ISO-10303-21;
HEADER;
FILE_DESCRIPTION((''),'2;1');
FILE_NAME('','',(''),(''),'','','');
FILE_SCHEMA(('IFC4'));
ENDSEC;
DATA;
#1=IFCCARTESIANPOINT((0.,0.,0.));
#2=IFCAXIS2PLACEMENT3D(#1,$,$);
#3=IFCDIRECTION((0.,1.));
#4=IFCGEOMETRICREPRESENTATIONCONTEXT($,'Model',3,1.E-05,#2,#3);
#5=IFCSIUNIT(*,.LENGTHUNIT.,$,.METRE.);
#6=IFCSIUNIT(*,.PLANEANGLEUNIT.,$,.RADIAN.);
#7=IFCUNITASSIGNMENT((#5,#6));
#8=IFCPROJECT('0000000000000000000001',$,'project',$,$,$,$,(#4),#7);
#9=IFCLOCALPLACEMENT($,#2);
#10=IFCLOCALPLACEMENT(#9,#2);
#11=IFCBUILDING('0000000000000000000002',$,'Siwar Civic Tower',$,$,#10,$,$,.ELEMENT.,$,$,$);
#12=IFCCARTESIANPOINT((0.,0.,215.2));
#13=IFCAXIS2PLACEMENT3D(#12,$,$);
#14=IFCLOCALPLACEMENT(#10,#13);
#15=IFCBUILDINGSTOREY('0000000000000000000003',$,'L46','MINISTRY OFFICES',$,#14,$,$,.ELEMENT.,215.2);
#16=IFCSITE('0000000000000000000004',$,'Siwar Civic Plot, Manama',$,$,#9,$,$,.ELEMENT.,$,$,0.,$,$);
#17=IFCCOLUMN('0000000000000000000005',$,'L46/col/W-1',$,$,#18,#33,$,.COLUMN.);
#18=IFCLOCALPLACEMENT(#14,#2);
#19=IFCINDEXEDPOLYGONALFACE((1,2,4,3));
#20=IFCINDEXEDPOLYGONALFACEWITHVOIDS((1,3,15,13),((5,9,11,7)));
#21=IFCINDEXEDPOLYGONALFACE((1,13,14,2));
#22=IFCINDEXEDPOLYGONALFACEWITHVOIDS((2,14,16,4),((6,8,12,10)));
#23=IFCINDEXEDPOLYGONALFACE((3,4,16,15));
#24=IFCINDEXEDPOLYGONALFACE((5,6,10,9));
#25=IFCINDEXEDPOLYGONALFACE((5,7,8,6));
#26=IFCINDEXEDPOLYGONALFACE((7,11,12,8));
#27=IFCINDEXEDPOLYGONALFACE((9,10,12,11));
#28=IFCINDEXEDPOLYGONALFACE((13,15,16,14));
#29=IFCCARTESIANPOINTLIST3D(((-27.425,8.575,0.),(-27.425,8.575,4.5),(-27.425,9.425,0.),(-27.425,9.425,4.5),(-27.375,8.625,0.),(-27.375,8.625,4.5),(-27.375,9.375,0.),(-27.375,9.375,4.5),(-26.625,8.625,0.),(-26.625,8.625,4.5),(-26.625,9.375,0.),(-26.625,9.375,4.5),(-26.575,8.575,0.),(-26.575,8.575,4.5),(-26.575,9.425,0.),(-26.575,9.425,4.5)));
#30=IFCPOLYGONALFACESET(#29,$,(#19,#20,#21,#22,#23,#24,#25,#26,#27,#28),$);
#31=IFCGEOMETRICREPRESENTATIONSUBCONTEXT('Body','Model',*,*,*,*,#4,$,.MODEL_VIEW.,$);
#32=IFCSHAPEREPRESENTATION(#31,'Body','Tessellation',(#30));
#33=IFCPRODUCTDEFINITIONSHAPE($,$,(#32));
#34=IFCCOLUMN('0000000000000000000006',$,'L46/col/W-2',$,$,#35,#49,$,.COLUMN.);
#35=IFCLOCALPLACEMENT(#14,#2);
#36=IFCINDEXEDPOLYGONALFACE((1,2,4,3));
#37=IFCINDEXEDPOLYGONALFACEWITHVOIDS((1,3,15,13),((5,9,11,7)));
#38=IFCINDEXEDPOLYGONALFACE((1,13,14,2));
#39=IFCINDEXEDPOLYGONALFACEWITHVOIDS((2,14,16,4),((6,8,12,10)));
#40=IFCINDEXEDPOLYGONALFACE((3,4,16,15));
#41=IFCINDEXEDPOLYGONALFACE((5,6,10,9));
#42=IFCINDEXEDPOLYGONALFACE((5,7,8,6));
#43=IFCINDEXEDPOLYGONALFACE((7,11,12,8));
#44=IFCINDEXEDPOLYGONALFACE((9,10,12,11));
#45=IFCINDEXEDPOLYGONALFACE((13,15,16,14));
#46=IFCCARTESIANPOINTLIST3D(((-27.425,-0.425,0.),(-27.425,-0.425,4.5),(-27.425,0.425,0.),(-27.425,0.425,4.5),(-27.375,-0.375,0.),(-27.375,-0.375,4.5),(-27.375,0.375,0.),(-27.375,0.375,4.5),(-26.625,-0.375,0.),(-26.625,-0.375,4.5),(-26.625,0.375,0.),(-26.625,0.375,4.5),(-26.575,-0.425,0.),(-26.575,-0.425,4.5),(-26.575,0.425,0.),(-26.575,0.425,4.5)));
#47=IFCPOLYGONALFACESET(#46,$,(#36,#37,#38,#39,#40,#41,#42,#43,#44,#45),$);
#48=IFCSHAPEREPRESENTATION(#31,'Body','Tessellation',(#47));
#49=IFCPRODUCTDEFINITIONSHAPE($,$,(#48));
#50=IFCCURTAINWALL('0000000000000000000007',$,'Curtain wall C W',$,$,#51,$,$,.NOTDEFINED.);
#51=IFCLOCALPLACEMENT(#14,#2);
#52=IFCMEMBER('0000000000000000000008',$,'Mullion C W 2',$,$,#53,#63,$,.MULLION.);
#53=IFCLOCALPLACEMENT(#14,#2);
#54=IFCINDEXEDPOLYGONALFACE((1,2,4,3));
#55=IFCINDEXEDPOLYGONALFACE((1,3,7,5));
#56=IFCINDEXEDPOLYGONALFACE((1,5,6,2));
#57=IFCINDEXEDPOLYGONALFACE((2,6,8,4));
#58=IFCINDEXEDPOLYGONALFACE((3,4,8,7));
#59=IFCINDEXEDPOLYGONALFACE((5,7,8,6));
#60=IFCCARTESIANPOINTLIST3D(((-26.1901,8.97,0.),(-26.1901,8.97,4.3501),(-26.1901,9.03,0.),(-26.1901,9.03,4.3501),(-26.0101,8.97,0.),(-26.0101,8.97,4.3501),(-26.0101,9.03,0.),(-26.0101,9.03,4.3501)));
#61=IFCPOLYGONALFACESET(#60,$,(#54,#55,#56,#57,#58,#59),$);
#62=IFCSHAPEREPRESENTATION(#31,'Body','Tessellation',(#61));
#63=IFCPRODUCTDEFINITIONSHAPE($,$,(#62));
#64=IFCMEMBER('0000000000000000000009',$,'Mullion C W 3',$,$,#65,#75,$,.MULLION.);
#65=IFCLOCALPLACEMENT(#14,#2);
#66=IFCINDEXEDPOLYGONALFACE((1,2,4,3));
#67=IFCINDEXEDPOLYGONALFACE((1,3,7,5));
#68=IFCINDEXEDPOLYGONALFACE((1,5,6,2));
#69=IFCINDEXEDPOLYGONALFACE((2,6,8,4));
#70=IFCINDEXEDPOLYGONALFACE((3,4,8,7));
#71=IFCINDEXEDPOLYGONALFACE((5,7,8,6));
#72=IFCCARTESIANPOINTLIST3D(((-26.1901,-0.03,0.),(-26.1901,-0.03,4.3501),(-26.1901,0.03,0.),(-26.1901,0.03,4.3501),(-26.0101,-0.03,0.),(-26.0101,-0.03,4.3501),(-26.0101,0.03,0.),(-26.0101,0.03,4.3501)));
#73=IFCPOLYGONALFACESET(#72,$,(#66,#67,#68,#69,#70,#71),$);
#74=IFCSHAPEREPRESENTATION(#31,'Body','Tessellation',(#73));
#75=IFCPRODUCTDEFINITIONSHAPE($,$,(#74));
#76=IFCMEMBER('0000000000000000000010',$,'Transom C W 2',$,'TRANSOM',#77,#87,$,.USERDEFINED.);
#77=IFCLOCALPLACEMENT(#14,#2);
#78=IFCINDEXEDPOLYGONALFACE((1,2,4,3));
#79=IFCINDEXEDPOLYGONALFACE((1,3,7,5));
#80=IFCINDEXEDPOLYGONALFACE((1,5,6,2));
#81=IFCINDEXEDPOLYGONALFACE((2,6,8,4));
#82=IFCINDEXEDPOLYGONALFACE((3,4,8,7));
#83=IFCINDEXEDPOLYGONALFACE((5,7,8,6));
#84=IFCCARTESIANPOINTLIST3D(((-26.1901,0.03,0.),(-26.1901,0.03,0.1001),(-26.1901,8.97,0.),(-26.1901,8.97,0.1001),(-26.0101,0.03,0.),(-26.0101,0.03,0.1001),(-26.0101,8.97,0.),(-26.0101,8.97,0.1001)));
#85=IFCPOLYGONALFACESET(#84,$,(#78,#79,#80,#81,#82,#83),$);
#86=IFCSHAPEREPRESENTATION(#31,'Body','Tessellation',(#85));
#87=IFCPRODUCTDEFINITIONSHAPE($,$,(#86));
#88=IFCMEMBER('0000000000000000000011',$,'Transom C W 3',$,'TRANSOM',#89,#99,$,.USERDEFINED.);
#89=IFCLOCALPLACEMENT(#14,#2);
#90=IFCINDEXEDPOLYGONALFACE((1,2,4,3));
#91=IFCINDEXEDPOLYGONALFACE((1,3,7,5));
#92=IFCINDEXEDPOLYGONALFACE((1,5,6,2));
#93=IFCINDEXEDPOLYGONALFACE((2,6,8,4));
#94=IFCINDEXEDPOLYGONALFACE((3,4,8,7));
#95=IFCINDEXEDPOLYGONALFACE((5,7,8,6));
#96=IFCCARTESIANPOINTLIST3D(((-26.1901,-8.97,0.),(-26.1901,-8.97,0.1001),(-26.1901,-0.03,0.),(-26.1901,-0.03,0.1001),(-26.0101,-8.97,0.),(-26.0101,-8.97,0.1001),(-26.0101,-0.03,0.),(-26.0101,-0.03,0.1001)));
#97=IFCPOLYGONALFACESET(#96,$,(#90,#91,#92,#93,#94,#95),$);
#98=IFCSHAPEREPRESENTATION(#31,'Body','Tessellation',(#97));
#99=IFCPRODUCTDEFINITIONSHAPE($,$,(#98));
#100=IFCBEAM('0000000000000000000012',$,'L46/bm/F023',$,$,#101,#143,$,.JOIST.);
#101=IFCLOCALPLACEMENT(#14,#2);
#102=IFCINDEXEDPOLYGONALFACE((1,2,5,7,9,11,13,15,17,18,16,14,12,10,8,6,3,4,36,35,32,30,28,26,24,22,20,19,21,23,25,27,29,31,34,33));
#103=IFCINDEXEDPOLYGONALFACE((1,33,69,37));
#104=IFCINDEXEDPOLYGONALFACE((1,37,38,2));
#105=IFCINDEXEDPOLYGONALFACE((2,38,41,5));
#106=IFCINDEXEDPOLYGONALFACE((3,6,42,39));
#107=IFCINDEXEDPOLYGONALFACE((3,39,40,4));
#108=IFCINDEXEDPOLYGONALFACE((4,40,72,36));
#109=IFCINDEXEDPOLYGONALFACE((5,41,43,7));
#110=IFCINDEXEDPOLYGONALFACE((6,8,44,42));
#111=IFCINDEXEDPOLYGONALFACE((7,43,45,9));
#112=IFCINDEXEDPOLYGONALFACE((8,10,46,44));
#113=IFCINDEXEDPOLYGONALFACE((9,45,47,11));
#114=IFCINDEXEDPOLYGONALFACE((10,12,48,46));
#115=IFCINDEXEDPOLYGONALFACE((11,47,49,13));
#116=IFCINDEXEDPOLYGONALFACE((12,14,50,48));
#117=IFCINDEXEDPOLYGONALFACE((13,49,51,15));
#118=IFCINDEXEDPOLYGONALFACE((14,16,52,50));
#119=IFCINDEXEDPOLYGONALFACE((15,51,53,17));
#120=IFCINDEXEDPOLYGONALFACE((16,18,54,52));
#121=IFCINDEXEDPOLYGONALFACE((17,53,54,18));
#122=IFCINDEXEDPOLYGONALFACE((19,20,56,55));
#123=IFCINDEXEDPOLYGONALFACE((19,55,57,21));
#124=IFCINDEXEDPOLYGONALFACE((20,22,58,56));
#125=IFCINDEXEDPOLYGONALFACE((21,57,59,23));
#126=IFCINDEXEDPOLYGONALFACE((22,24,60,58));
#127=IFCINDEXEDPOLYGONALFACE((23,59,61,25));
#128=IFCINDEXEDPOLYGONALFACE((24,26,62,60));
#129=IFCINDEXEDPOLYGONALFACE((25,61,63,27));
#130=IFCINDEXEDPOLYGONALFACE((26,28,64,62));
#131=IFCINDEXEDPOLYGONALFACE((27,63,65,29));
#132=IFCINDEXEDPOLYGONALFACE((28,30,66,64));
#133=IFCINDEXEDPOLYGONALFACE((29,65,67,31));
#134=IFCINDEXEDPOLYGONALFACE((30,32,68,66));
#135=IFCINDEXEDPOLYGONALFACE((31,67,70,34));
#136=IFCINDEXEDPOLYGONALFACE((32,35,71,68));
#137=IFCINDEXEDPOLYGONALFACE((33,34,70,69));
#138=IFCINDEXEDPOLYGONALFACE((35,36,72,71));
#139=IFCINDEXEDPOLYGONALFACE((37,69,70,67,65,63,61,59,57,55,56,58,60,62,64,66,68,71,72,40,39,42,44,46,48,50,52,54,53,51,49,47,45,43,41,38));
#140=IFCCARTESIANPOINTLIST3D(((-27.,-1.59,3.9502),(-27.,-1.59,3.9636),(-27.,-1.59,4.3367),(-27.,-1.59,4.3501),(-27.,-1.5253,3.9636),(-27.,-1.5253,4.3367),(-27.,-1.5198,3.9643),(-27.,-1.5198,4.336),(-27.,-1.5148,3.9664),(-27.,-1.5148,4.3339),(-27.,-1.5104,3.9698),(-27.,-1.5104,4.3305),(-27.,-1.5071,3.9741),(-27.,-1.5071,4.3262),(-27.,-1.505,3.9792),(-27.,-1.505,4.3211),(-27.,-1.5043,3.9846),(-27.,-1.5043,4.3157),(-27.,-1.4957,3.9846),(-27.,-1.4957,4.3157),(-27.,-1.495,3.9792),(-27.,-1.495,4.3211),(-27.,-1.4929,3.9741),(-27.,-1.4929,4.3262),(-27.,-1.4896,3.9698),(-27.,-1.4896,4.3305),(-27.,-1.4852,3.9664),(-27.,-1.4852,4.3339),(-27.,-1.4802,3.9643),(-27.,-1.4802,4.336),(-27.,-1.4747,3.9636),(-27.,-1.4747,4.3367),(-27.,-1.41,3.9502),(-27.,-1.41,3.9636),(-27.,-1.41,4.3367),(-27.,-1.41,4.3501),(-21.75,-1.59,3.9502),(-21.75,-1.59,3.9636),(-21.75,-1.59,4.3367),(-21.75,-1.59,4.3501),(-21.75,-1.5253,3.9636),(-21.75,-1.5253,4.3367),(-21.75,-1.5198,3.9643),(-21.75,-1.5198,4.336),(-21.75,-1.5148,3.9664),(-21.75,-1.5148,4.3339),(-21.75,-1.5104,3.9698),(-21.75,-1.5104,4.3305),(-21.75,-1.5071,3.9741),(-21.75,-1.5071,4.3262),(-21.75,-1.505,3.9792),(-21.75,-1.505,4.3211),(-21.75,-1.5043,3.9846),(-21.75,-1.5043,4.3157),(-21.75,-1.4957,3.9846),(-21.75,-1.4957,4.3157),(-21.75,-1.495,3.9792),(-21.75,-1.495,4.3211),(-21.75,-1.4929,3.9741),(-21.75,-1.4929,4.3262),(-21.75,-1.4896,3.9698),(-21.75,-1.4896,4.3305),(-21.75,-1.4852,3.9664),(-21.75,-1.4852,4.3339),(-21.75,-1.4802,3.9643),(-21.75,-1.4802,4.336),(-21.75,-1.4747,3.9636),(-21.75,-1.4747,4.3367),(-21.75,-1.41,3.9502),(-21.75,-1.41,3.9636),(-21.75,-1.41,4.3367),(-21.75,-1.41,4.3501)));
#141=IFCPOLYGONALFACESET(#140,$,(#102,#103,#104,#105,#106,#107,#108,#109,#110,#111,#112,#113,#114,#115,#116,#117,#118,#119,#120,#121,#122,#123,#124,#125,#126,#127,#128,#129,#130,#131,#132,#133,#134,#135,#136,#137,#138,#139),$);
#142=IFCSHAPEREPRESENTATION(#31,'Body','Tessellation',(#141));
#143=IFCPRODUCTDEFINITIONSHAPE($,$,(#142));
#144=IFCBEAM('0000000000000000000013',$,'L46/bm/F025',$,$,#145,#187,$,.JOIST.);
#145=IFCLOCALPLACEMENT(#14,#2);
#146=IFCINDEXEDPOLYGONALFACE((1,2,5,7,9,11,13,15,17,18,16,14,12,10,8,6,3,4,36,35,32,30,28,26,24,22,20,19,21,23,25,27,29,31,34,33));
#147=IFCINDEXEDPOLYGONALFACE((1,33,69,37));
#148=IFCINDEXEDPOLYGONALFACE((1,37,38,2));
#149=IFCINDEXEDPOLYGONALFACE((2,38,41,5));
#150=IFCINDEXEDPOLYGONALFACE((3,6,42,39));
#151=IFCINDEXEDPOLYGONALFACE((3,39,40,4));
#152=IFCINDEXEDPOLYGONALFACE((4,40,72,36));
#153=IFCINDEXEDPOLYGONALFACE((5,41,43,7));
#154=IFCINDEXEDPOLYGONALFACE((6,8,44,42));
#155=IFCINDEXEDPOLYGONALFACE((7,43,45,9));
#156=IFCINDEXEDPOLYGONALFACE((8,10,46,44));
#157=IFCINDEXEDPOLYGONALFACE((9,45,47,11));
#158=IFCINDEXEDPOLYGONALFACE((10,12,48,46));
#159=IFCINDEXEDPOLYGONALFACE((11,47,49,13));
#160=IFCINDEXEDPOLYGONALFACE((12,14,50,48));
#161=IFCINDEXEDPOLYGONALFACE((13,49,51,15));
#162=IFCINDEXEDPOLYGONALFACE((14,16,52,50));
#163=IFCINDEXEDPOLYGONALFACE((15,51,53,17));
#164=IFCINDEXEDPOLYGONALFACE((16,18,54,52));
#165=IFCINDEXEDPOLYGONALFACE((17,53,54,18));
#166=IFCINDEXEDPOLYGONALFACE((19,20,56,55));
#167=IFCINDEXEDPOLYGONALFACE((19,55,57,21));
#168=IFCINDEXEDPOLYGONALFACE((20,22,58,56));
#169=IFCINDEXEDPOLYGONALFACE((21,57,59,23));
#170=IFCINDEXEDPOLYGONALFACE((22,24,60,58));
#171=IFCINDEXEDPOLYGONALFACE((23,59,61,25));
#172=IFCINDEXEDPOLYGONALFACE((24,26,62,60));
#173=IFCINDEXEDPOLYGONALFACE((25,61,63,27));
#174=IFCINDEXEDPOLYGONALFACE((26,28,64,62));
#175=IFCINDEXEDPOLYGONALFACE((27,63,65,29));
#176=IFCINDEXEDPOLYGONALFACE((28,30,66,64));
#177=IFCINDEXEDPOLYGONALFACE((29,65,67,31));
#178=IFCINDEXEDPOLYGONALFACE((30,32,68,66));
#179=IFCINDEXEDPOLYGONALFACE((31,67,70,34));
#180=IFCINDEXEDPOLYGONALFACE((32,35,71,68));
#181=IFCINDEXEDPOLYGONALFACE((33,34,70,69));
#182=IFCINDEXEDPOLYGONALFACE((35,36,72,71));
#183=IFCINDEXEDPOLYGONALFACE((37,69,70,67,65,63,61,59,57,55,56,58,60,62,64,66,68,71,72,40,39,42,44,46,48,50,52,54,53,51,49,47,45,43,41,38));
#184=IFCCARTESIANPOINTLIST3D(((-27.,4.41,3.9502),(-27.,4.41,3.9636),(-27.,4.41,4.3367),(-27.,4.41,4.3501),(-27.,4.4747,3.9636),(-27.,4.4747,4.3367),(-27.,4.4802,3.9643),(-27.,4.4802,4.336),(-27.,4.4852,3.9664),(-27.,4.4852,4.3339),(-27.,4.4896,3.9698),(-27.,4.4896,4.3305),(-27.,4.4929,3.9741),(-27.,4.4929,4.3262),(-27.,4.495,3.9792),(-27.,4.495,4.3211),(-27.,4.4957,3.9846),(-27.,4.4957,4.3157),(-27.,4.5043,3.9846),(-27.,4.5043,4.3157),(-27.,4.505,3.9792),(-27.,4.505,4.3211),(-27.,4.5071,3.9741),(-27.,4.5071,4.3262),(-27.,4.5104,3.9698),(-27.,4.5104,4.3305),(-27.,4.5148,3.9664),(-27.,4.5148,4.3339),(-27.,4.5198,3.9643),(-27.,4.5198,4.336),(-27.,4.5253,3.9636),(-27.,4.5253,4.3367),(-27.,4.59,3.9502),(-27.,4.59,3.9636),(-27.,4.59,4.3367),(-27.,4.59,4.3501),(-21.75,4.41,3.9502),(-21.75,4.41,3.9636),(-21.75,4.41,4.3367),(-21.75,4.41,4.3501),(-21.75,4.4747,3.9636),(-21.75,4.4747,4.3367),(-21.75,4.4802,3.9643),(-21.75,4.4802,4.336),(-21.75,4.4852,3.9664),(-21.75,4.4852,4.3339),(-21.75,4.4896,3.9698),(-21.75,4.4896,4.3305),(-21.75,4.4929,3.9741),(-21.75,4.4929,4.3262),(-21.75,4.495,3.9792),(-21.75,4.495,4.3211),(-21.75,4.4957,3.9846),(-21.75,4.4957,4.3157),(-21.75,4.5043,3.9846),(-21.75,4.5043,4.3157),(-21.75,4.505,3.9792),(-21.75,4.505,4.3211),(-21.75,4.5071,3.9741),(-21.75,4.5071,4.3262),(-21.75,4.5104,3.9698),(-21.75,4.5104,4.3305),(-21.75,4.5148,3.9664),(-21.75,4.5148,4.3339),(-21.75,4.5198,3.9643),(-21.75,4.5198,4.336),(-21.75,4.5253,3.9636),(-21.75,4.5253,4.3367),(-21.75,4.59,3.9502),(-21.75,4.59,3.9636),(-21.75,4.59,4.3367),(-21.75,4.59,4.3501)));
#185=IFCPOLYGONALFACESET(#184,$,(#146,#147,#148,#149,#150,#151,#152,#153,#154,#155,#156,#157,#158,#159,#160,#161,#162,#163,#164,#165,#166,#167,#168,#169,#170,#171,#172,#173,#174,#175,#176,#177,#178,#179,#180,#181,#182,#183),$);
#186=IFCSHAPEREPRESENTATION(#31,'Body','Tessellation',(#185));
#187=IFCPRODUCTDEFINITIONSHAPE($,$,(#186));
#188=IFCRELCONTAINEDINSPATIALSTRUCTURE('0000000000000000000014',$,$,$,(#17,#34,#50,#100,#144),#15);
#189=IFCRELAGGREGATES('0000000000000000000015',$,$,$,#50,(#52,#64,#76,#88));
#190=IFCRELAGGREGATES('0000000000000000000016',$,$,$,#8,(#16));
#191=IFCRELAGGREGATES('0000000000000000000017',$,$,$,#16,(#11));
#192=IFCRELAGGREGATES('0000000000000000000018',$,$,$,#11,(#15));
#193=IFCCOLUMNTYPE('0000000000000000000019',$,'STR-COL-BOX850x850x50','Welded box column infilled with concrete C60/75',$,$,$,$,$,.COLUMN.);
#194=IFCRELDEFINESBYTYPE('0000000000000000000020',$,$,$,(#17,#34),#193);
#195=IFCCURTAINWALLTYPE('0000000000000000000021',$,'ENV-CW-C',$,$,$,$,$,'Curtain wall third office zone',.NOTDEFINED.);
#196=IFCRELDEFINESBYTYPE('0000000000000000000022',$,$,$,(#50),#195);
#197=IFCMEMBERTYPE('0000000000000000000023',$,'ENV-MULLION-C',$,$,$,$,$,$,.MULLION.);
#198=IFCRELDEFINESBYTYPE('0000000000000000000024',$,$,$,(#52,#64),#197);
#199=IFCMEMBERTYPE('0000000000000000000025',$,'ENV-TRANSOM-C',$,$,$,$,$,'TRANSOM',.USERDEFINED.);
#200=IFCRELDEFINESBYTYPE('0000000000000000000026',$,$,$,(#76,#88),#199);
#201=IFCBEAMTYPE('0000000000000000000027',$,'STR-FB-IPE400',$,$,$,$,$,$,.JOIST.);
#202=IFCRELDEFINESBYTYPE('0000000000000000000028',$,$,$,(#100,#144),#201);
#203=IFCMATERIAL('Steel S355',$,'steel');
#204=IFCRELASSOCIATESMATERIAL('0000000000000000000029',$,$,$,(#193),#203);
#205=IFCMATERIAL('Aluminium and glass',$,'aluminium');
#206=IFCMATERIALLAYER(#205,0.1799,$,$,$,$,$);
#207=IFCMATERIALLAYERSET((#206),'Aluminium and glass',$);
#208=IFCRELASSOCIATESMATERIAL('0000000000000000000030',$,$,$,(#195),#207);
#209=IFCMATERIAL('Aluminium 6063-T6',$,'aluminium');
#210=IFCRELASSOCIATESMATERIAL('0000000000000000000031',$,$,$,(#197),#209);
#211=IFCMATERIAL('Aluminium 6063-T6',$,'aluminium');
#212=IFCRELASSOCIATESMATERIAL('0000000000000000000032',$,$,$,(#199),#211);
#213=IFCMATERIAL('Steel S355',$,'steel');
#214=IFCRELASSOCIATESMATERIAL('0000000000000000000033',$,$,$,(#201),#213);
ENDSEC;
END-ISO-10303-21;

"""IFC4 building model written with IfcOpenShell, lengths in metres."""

from ifc_helpers import new_model, si_unit, direction, frame, origin, origin_2d, place, context, subcontext, project, spatial, rectangle, hollow_rectangle, i_section, extrude, material, layer, layer_set, material_profile, profile_set, type_object, element, aggregate, save


model = new_model("IFC4")

# Units and contexts
model_context = context("Model", 3, precision=1e-05, world=origin(), true_north=direction((0.0, 1.0)))
body_context = subcontext(model_context, "Body", "Model", "MODEL_VIEW")
ifc_project = project(units=[si_unit("LENGTHUNIT", "METRE"), si_unit("PLANEANGLEUNIT", "RADIAN")], contexts=[model_context])

# Site, building, storey
site_placement = place(None, origin())
site = spatial("IfcSite", under=ifc_project, at=site_placement, Name="Siwar Civic Plot, Manama", CompositionType="ELEMENT", RefElevation=0.0)
building_placement = place(site_placement, origin())
building = spatial("IfcBuilding", under=site, at=building_placement, Name="Siwar Civic Tower", CompositionType="ELEMENT")
storey_placement = place(building_placement, frame((0.0, 0.0, 215.2)))
storey = spatial("IfcBuildingStorey", under=building, at=storey_placement, Name="L46", Description="MINISTRY OFFICES", CompositionType="ELEMENT", Elevation=215.2)

# Columns
ifc_material_1 = material(Name="Steel S355", Category="steel")
ifc_material_profile_1 = material_profile(ifc_material_1, hollow_rectangle(XDim=0.8501, YDim=0.8501, WallThickness=0.05, at=origin_2d()), Name="BOX850x850x50")
ifc_profile_set_1 = profile_set([ifc_material_profile_1], Name="Steel S355")
column_type = type_object("IfcColumnType", Name="STR-COL-BOX850x850x50", Description="Welded box column infilled with concrete C60/75", PredefinedType="COLUMN", material=ifc_profile_set_1)
for number, where, z_axis, x_axis, name in (
    (1, (-27.0, 9.0, 0.0), (0.0, 0.0, 1.0), (1.0, 0.0, 0.0), "L46/col/W-1"),
    (2, (-27.0, 0.0, 0.0), (0.0, 0.0, 1.0), (1.0, 0.0, 0.0), "L46/col/W-2"),
):
    element("IfcColumn", number, at=place(storey_placement, frame(where, z_axis=z_axis, x_axis=x_axis)), inside=storey, type_object=column_type, Name=name, PredefinedType="COLUMN", context=body_context, shape_type="SweptSolid", body=[
        extrude(hollow_rectangle(XDim=0.8501, YDim=0.8501, WallThickness=0.05, at=origin_2d()), origin(), (0.0, 0.0, 1.0), 4.5),
    ])

# Curtain wall, members
ifc_material_2 = material(Name="Aluminium and glass", Category="aluminium")
ifc_layer_1 = layer(ifc_material_2, 0.1799)
ifc_layer_set_1 = layer_set([ifc_layer_1], Name="Aluminium and glass")
curtain_wall_type = type_object("IfcCurtainWallType", Name="ENV-CW-C", ElementType="Curtain wall third office zone", PredefinedType="NOTDEFINED", material=ifc_layer_set_1)
curtain_wall_placement = place(storey_placement, origin())
curtain_wall = element("IfcCurtainWall", 3, at=curtain_wall_placement, inside=storey, type_object=curtain_wall_type, Name="Curtain wall C W", PredefinedType="NOTDEFINED")
ifc_material_3 = material(Name="Aluminium 6063-T6", Category="aluminium")
ifc_material_profile_2 = material_profile(ifc_material_3, rectangle(XDim=0.1799, YDim=0.0601, at=origin_2d()), Name="AL 180x60")
ifc_profile_set_2 = profile_set([ifc_material_profile_2], Name="Aluminium 6063-T6")
member_type_1 = type_object("IfcMemberType", Name="ENV-MULLION-C", PredefinedType="MULLION", material=ifc_profile_set_2)
member_1_placement = place(storey_placement, frame((-26.1001, 9.0, 0.0), z_axis=(0.0, 0.0, 1.0), x_axis=(1.0, 0.0, 0.0)))
member_1 = element("IfcMember", 4, at=member_1_placement, type_object=member_type_1, Name="Mullion C W 2", PredefinedType="MULLION", context=body_context, shape_type="SweptSolid", body=[
    extrude(rectangle(XDim=0.1799, YDim=0.0601, at=origin_2d()), origin(), (0.0, 0.0, 1.0), 4.3501),
])
member_2_placement = place(storey_placement, frame((-26.1001, 0.0, 0.0), z_axis=(0.0, 0.0, 1.0), x_axis=(1.0, 0.0, 0.0)))
member_2 = element("IfcMember", 5, at=member_2_placement, type_object=member_type_1, Name="Mullion C W 3", PredefinedType="MULLION", context=body_context, shape_type="SweptSolid", body=[
    extrude(rectangle(XDim=0.1799, YDim=0.0601, at=origin_2d()), origin(), (0.0, 0.0, 1.0), 4.3501),
])
ifc_material_4 = material(Name="Aluminium 6063-T6", Category="aluminium")
ifc_material_profile_3 = material_profile(ifc_material_4, rectangle(XDim=0.1799, YDim=0.1001, at=origin_2d()), Name="AL 180x100")
ifc_profile_set_3 = profile_set([ifc_material_profile_3], Name="Aluminium 6063-T6")
member_type_2 = type_object("IfcMemberType", Name="ENV-TRANSOM-C", ElementType="TRANSOM", PredefinedType="USERDEFINED", material=ifc_profile_set_3)
member_3_placement = place(storey_placement, frame((-26.1001, 8.97, 0.05), z_axis=(0.0, -1.0, 0.0), x_axis=(1.0, 0.0, 0.0)))
member_3 = element("IfcMember", 6, at=member_3_placement, type_object=member_type_2, Name="Transom C W 2", ObjectType="TRANSOM", PredefinedType="USERDEFINED", context=body_context, shape_type="SweptSolid", body=[
    extrude(rectangle(XDim=0.1799, YDim=0.1001, at=origin_2d()), origin(), (0.0, 0.0, 1.0), 8.9399),
])
member_4_placement = place(storey_placement, frame((-26.1001, -0.03, 0.05), z_axis=(0.0, -1.0, 0.0), x_axis=(1.0, 0.0, 0.0)))
member_4 = element("IfcMember", 7, at=member_4_placement, type_object=member_type_2, Name="Transom C W 3", ObjectType="TRANSOM", PredefinedType="USERDEFINED", context=body_context, shape_type="SweptSolid", body=[
    extrude(rectangle(XDim=0.1799, YDim=0.1001, at=origin_2d()), origin(), (0.0, 0.0, 1.0), 8.9399),
])

# Beams
ifc_material_5 = material(Name="Steel S355", Category="steel")
ifc_material_profile_4 = material_profile(ifc_material_5, i_section(OverallWidth=0.1799, OverallDepth=0.3999, WebThickness=0.0085, FlangeThickness=0.0134, FilletRadius=0.021, at=origin_2d()), Name="IPE400")
ifc_profile_set_4 = profile_set([ifc_material_profile_4], Name="Steel S355")
beam_type_1 = type_object("IfcBeamType", Name="STR-FB-IPE400", PredefinedType="JOIST", material=ifc_profile_set_4)
for number, where, z_axis, x_axis, name in (
    (8, (-27.0, -1.5, 4.1501), (1.0, 0.0, 0.0), (0.0, 1.0, 0.0), "L46/bm/F023"),
    (9, (-27.0, 4.5, 4.1501), (1.0, 0.0, 0.0), (0.0, 1.0, 0.0), "L46/bm/F025"),
):
    element("IfcBeam", number, at=place(storey_placement, frame(where, z_axis=z_axis, x_axis=x_axis)), inside=storey, type_object=beam_type_1, Name=name, PredefinedType="JOIST", context=body_context, shape_type="SweptSolid", body=[
        extrude(i_section(OverallWidth=0.1799, OverallDepth=0.3999, WebThickness=0.0085, FlangeThickness=0.0134, FilletRadius=0.021, at=origin_2d()), origin(), (0.0, 0.0, 1.0), 5.25),
    ])

aggregate(curtain_wall, [member_1, member_2, member_3, member_4])

save(model, "model.ifc")
